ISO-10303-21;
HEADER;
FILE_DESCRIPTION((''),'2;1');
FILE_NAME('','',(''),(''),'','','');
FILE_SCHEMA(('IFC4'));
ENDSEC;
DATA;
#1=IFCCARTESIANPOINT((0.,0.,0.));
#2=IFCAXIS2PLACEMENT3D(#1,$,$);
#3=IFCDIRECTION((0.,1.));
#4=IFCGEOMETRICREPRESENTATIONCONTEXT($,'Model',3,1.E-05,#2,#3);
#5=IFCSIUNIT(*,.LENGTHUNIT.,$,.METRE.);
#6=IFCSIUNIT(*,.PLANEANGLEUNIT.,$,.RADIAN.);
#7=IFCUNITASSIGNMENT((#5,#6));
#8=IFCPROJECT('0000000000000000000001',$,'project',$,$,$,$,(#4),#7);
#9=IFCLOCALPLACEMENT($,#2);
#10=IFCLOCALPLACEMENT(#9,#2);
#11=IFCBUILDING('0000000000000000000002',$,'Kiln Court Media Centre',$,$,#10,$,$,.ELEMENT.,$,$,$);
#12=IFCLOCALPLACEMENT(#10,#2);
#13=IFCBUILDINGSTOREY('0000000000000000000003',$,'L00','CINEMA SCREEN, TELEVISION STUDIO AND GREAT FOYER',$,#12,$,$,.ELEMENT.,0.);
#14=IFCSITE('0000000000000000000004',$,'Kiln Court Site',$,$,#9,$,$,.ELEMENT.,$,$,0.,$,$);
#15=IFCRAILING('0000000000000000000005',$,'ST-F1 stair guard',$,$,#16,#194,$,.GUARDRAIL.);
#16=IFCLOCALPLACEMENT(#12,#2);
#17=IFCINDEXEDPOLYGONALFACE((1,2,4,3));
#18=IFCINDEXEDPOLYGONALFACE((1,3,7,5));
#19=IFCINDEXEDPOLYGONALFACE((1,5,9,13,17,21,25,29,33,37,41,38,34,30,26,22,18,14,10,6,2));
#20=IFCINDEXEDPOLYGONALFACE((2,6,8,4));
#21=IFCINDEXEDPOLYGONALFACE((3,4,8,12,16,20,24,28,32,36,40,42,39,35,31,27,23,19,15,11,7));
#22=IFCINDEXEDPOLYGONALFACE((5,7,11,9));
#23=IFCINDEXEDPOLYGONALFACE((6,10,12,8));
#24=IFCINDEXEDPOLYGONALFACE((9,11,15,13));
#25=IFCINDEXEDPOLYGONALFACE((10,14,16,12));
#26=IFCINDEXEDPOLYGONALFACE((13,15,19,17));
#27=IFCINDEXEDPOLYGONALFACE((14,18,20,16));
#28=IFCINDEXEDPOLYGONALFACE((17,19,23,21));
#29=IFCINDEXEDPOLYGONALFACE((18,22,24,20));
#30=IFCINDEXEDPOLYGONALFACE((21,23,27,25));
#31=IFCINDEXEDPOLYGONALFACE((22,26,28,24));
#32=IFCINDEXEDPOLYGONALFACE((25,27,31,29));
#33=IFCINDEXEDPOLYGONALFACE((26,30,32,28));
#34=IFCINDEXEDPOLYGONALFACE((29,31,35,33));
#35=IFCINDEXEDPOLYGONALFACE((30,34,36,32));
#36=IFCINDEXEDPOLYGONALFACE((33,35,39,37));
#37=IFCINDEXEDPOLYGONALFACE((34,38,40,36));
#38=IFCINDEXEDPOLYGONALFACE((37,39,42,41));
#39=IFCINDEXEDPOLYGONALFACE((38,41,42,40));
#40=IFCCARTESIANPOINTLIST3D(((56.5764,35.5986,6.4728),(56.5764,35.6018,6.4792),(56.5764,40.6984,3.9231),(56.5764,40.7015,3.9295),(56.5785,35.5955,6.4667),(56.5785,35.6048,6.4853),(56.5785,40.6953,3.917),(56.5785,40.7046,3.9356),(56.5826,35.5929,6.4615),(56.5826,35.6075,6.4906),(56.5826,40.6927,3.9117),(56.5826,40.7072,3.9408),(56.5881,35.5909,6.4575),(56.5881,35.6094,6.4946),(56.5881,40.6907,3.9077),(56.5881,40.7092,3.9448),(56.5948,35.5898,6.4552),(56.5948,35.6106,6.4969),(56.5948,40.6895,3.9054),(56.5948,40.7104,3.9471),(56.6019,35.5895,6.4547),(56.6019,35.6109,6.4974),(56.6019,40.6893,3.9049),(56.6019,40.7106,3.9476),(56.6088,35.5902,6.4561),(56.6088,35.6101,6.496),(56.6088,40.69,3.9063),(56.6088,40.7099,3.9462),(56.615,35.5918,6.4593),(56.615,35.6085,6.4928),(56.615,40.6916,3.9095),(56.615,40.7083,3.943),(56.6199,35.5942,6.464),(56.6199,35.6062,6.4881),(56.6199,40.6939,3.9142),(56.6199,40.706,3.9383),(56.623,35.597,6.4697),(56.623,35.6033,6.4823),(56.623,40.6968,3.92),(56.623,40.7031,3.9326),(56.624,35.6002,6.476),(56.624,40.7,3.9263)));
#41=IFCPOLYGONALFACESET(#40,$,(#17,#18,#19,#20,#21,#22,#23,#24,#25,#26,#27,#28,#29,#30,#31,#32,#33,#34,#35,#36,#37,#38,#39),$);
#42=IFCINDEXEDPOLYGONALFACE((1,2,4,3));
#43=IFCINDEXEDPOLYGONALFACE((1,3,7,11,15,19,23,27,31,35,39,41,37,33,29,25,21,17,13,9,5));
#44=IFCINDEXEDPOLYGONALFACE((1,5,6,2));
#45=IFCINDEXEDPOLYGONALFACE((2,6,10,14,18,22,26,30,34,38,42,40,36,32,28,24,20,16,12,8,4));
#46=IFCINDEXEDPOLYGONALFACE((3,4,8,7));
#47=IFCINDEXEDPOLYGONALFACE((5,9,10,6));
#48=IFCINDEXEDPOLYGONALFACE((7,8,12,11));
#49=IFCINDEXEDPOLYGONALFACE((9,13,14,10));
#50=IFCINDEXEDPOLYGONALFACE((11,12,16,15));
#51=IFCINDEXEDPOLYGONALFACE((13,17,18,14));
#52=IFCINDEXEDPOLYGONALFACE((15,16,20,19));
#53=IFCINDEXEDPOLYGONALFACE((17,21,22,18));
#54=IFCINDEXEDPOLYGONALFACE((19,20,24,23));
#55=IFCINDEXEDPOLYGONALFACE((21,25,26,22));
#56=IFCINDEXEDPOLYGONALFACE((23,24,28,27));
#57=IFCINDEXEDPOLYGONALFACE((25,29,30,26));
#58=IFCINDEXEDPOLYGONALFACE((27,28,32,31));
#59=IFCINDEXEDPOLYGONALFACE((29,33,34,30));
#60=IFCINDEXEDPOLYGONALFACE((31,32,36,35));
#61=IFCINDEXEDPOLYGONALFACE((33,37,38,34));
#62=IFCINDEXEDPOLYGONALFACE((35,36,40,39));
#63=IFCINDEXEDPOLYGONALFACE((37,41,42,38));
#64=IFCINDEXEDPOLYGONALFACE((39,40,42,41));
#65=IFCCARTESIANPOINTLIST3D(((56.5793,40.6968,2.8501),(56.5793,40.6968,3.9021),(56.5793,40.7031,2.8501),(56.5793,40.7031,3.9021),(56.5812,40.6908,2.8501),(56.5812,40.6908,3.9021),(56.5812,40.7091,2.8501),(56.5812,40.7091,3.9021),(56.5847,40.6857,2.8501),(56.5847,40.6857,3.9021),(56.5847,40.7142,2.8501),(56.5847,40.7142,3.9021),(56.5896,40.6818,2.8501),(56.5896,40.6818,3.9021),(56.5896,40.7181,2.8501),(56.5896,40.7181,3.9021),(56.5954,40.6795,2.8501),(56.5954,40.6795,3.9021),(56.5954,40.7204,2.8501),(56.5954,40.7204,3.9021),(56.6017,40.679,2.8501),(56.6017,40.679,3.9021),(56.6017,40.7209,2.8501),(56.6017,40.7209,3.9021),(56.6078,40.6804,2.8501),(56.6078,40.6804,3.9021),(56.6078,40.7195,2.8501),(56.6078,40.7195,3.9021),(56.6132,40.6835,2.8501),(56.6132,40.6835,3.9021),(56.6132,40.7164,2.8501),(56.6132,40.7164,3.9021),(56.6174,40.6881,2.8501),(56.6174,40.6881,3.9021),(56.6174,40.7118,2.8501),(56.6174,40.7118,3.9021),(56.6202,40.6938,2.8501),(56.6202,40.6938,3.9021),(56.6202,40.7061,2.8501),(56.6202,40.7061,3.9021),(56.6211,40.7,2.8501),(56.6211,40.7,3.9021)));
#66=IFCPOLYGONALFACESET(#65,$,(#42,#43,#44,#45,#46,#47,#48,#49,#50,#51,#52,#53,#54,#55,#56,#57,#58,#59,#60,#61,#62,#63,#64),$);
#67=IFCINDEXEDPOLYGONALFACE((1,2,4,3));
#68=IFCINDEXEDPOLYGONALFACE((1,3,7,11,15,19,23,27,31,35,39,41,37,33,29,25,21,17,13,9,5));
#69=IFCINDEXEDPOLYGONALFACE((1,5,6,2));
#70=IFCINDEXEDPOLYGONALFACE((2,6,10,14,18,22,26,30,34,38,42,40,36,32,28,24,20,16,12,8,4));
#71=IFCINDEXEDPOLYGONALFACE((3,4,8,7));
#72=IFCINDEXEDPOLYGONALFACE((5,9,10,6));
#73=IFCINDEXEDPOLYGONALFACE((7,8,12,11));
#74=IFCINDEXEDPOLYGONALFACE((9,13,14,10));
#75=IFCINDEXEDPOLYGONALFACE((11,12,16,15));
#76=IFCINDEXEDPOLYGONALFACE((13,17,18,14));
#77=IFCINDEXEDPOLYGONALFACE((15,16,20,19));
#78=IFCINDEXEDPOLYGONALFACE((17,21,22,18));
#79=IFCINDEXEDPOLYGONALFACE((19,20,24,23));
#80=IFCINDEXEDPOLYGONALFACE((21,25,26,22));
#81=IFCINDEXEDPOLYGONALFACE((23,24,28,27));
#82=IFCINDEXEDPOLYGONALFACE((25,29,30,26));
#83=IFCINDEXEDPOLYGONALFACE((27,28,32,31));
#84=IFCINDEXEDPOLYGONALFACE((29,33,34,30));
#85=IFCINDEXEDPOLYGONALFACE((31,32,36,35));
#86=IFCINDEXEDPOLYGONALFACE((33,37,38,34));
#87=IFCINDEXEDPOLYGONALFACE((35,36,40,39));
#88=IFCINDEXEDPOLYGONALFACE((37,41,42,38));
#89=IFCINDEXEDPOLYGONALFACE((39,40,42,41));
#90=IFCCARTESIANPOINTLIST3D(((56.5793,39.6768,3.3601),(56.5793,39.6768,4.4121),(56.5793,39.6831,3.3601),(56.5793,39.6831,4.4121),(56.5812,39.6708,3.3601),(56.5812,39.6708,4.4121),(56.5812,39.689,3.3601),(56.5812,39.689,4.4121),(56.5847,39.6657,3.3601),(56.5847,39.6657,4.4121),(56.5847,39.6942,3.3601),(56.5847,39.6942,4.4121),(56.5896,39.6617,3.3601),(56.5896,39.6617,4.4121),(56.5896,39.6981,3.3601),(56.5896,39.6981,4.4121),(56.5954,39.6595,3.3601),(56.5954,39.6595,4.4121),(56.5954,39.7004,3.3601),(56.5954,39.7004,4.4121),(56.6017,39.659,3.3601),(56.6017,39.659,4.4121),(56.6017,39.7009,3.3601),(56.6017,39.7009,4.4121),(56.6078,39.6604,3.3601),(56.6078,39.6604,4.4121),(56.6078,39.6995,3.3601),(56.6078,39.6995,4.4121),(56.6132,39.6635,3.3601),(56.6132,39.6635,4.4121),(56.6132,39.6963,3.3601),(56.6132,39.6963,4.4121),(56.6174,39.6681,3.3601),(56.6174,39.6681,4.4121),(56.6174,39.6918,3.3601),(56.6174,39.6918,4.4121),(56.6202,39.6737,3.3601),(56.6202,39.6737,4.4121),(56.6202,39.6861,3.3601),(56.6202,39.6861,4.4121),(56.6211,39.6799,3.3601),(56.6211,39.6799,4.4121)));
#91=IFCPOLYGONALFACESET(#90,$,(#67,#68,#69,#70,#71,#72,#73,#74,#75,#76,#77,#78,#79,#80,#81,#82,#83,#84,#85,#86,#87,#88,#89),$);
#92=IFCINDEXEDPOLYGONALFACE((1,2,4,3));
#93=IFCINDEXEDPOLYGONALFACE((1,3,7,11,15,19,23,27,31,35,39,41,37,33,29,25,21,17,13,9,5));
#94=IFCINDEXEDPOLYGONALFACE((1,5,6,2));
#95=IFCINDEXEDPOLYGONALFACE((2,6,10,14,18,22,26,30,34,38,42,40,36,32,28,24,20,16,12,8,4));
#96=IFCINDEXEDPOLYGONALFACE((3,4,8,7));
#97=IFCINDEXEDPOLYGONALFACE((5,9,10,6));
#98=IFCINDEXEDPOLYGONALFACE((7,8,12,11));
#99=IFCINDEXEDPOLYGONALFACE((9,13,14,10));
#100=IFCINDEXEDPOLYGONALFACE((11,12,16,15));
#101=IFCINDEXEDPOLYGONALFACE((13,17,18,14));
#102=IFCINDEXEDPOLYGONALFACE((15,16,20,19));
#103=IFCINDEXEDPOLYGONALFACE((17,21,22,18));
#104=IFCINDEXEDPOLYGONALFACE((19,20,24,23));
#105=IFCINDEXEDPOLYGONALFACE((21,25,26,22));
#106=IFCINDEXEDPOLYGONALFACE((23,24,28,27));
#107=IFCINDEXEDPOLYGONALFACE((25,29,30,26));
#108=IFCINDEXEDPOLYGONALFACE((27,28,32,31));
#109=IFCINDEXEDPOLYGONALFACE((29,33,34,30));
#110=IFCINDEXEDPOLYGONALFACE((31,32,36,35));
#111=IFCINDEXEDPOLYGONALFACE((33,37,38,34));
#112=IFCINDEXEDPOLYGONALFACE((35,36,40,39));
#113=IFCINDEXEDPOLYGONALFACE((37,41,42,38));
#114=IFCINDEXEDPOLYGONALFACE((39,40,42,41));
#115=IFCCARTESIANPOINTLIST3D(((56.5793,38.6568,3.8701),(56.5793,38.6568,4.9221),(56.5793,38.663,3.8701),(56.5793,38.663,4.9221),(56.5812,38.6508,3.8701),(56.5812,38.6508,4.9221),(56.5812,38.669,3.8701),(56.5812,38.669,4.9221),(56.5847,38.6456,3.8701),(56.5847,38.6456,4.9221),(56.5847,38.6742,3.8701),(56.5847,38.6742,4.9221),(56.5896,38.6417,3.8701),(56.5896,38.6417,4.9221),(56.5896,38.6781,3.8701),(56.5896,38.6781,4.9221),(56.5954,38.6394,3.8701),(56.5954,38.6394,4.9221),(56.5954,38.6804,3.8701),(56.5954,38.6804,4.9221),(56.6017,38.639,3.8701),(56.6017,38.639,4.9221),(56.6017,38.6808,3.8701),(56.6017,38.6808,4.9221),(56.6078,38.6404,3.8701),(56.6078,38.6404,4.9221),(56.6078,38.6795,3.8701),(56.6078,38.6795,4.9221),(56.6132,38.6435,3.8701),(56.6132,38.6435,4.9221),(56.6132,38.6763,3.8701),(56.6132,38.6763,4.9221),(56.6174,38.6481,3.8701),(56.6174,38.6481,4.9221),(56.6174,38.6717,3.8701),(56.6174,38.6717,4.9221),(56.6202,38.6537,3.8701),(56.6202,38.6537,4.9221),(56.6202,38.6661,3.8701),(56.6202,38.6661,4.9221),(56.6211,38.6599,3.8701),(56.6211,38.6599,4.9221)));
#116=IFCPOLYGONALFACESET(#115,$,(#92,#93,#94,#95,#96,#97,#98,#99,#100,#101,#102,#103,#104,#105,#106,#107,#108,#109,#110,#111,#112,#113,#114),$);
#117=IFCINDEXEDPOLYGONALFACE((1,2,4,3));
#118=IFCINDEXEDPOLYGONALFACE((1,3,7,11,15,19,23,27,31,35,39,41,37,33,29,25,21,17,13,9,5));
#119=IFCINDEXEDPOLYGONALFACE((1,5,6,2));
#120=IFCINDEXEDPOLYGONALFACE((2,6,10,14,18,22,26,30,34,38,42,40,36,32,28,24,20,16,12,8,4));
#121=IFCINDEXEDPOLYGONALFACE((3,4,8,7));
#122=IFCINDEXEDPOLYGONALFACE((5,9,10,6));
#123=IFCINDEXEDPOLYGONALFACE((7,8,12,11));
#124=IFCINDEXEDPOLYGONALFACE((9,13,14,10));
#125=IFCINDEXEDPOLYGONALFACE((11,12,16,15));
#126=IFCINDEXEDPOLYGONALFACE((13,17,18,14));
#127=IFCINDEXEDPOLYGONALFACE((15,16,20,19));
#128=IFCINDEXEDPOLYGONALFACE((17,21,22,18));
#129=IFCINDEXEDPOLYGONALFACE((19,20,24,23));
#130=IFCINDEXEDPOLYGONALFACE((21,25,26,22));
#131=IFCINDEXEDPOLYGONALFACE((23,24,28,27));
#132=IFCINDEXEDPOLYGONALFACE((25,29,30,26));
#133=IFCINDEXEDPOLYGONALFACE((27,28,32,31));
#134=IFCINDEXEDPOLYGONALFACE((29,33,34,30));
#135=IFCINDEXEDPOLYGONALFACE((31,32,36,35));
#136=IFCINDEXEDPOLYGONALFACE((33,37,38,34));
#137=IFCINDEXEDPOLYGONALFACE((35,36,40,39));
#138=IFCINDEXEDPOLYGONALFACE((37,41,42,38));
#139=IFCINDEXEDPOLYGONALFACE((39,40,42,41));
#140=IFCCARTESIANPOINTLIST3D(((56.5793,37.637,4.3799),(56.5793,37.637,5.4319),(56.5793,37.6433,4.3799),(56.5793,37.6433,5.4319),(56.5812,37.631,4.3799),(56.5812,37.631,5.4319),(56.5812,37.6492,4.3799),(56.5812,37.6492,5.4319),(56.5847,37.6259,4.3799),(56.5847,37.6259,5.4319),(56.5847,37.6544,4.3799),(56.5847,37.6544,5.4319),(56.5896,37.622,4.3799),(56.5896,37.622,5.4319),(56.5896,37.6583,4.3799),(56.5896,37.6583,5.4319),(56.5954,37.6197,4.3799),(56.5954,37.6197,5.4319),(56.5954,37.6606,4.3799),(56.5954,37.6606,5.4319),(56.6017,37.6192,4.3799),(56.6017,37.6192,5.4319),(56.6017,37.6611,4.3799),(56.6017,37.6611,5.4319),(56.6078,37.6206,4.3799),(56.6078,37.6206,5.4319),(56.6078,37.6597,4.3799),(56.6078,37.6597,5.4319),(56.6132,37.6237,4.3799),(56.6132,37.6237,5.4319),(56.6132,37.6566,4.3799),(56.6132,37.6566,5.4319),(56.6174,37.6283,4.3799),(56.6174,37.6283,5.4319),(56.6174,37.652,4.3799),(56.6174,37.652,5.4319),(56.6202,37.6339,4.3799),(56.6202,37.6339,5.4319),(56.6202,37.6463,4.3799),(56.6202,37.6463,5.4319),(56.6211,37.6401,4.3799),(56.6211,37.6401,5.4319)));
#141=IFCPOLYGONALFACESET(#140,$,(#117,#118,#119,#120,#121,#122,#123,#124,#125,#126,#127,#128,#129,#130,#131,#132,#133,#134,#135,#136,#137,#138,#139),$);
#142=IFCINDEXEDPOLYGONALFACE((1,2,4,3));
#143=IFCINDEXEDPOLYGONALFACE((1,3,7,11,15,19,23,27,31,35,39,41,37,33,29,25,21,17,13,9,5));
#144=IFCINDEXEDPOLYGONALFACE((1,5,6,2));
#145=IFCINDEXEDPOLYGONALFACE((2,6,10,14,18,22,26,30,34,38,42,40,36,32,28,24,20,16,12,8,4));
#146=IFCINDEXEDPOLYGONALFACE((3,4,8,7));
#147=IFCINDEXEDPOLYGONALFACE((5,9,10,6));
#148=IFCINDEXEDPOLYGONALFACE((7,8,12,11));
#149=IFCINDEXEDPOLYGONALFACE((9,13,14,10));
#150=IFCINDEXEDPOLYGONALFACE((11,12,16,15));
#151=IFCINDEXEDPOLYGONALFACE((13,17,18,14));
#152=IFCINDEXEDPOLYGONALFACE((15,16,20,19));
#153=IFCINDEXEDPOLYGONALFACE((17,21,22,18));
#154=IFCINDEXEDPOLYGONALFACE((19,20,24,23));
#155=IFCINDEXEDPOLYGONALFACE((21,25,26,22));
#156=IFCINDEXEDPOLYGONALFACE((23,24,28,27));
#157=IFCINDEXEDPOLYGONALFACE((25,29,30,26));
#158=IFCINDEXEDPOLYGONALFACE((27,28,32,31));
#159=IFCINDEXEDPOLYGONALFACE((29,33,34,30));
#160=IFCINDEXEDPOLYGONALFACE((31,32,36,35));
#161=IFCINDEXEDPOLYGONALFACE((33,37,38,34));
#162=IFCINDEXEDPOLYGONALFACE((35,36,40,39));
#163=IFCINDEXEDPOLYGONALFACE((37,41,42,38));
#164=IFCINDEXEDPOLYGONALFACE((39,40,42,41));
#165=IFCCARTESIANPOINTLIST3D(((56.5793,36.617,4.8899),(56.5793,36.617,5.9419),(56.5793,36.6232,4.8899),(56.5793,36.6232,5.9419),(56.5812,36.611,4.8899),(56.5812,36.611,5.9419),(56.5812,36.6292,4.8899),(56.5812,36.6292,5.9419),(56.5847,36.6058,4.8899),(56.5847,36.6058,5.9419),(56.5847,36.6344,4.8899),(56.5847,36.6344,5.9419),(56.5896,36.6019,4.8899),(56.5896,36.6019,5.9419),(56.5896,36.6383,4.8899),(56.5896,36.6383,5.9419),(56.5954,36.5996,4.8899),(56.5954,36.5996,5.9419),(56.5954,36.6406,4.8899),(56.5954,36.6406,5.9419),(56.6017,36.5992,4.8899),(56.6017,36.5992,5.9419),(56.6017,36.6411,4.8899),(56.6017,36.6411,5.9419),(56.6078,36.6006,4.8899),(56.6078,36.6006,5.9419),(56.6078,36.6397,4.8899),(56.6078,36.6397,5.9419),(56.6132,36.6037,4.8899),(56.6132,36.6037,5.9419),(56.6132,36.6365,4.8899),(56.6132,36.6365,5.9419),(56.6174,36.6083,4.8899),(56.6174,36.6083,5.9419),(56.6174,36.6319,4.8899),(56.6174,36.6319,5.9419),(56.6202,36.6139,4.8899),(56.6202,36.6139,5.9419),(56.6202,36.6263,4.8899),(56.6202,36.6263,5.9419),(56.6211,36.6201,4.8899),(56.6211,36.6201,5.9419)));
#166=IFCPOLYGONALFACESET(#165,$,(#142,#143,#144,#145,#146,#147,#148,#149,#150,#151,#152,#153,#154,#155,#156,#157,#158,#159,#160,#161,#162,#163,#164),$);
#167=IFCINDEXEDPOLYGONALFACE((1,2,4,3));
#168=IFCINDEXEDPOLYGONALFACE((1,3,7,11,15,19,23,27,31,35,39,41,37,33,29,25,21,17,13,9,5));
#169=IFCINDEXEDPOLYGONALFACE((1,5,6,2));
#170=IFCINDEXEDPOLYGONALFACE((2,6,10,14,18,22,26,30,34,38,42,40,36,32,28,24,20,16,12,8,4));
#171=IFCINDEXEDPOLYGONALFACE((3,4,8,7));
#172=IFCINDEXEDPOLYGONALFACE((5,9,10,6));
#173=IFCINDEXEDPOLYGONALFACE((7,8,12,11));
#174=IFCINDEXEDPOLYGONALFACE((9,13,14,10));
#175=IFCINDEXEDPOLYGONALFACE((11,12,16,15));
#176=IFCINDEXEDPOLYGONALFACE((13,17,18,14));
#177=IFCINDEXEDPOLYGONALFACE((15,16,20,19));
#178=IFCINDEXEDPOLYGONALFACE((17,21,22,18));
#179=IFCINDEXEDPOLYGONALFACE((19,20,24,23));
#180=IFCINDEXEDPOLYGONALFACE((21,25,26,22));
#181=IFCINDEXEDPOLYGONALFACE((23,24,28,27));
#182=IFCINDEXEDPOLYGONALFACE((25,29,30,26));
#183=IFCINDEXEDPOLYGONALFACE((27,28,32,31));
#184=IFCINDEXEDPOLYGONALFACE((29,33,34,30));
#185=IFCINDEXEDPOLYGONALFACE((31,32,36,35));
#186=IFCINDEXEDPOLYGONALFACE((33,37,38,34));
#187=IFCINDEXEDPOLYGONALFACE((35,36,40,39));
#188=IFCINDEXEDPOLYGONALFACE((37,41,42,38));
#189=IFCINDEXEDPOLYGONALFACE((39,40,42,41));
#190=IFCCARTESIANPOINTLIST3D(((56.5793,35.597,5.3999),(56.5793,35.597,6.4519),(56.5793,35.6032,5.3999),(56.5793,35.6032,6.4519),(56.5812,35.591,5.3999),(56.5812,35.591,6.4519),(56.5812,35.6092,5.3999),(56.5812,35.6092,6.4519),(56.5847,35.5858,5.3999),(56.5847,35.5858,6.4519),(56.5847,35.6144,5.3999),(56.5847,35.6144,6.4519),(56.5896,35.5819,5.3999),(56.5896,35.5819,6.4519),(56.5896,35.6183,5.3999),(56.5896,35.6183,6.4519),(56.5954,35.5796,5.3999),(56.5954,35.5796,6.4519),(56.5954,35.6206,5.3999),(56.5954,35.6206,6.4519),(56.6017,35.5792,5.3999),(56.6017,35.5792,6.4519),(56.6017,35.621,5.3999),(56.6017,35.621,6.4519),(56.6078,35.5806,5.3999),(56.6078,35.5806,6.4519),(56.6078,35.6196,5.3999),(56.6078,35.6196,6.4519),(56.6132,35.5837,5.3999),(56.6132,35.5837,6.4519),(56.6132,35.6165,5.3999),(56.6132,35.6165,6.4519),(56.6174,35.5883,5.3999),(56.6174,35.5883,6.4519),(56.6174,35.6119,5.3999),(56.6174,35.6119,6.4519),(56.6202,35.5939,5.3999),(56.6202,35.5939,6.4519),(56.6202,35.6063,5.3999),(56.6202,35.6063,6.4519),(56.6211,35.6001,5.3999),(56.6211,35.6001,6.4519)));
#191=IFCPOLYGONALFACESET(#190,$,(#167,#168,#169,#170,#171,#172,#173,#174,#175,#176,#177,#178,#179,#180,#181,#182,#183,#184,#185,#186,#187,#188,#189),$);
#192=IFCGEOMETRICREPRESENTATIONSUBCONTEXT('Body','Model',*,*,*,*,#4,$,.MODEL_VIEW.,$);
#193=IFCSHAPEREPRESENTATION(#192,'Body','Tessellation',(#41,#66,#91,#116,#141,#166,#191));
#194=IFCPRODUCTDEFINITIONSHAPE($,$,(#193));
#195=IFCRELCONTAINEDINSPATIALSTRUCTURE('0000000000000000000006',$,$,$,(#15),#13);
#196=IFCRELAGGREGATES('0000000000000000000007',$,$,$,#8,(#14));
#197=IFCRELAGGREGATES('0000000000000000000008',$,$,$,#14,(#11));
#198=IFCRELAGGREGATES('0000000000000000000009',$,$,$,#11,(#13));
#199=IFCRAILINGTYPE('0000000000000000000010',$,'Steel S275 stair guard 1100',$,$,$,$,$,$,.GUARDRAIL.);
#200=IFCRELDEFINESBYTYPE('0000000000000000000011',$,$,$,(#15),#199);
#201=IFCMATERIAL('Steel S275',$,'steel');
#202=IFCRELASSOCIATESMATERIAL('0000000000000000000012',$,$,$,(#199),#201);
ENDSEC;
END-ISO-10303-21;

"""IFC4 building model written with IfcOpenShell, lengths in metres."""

from ifc_helpers import new_model, si_unit, direction, frame, origin, origin_2d, place, context, subcontext, project, spatial, circle, extrude, material, type_object, element, save


model = new_model("IFC4")

# Units and contexts
model_context = context("Model", 3, precision=1e-05, world=origin(), true_north=direction((0.0, 1.0)))
body_context = subcontext(model_context, "Body", "Model", "MODEL_VIEW")
ifc_project = project(units=[si_unit("LENGTHUNIT", "METRE"), si_unit("PLANEANGLEUNIT", "RADIAN")], contexts=[model_context])

# Site, building, storey
site_placement = place(None, origin())
site = spatial("IfcSite", under=ifc_project, at=site_placement, Name="Kiln Court Site", CompositionType="ELEMENT", RefElevation=0.0)
building_placement = place(site_placement, origin())
building = spatial("IfcBuilding", under=site, at=building_placement, Name="Kiln Court Media Centre", CompositionType="ELEMENT")
storey_placement = place(building_placement, origin())
storey = spatial("IfcBuildingStorey", under=building, at=storey_placement, Name="L00", Description="CINEMA SCREEN, TELEVISION STUDIO AND GREAT FOYER", CompositionType="ELEMENT", Elevation=0.0)

# Railing
ifc_material_1 = material(Name="Steel S275", Category="steel")
railing_type_1 = type_object("IfcRailingType", Name="Steel S275 stair guard 1100", PredefinedType="GUARDRAIL", material=ifc_material_1)
railing_1_placement = place(storey_placement, frame((56.6001, 40.7, 2.8501)))
element("IfcRailing", 1, at=railing_1_placement, inside=storey, type_object=railing_type_1, Name="ST-F1 stair guard", PredefinedType="GUARDRAIL", context=body_context, shape_type="SweptSolid", body=[
    extrude(circle(Radius=0.0239, at=origin_2d()), frame((0.0, 0.0, 1.0762), z_axis=(0.0, -0.894436, 0.447196), x_axis=(1.0, 0.0, 0.0)), (0.0, 0.0, 1.0), 5.7017),
    extrude(circle(Radius=0.021, at=origin_2d()), origin(), (0.0, 0.0, 1.0), 1.052),
    extrude(circle(Radius=0.021, at=origin_2d()), frame((0.0, -1.02, 0.51)), (0.0, 0.0, 1.0), 1.052),
    extrude(circle(Radius=0.021, at=origin_2d()), frame((0.0, -2.04, 1.02)), (0.0, 0.0, 1.0), 1.052),
    extrude(circle(Radius=0.021, at=origin_2d()), frame((0.0, -3.0598, 1.5298)), (0.0, 0.0, 1.0), 1.052),
    extrude(circle(Radius=0.021, at=origin_2d()), frame((0.0, -4.0798, 2.0398)), (0.0, 0.0, 1.0), 1.052),
    extrude(circle(Radius=0.021, at=origin_2d()), frame((0.0, -5.0999, 2.5498)), (0.0, 0.0, 1.0), 1.052),
])

save(model, "model.ifc")
